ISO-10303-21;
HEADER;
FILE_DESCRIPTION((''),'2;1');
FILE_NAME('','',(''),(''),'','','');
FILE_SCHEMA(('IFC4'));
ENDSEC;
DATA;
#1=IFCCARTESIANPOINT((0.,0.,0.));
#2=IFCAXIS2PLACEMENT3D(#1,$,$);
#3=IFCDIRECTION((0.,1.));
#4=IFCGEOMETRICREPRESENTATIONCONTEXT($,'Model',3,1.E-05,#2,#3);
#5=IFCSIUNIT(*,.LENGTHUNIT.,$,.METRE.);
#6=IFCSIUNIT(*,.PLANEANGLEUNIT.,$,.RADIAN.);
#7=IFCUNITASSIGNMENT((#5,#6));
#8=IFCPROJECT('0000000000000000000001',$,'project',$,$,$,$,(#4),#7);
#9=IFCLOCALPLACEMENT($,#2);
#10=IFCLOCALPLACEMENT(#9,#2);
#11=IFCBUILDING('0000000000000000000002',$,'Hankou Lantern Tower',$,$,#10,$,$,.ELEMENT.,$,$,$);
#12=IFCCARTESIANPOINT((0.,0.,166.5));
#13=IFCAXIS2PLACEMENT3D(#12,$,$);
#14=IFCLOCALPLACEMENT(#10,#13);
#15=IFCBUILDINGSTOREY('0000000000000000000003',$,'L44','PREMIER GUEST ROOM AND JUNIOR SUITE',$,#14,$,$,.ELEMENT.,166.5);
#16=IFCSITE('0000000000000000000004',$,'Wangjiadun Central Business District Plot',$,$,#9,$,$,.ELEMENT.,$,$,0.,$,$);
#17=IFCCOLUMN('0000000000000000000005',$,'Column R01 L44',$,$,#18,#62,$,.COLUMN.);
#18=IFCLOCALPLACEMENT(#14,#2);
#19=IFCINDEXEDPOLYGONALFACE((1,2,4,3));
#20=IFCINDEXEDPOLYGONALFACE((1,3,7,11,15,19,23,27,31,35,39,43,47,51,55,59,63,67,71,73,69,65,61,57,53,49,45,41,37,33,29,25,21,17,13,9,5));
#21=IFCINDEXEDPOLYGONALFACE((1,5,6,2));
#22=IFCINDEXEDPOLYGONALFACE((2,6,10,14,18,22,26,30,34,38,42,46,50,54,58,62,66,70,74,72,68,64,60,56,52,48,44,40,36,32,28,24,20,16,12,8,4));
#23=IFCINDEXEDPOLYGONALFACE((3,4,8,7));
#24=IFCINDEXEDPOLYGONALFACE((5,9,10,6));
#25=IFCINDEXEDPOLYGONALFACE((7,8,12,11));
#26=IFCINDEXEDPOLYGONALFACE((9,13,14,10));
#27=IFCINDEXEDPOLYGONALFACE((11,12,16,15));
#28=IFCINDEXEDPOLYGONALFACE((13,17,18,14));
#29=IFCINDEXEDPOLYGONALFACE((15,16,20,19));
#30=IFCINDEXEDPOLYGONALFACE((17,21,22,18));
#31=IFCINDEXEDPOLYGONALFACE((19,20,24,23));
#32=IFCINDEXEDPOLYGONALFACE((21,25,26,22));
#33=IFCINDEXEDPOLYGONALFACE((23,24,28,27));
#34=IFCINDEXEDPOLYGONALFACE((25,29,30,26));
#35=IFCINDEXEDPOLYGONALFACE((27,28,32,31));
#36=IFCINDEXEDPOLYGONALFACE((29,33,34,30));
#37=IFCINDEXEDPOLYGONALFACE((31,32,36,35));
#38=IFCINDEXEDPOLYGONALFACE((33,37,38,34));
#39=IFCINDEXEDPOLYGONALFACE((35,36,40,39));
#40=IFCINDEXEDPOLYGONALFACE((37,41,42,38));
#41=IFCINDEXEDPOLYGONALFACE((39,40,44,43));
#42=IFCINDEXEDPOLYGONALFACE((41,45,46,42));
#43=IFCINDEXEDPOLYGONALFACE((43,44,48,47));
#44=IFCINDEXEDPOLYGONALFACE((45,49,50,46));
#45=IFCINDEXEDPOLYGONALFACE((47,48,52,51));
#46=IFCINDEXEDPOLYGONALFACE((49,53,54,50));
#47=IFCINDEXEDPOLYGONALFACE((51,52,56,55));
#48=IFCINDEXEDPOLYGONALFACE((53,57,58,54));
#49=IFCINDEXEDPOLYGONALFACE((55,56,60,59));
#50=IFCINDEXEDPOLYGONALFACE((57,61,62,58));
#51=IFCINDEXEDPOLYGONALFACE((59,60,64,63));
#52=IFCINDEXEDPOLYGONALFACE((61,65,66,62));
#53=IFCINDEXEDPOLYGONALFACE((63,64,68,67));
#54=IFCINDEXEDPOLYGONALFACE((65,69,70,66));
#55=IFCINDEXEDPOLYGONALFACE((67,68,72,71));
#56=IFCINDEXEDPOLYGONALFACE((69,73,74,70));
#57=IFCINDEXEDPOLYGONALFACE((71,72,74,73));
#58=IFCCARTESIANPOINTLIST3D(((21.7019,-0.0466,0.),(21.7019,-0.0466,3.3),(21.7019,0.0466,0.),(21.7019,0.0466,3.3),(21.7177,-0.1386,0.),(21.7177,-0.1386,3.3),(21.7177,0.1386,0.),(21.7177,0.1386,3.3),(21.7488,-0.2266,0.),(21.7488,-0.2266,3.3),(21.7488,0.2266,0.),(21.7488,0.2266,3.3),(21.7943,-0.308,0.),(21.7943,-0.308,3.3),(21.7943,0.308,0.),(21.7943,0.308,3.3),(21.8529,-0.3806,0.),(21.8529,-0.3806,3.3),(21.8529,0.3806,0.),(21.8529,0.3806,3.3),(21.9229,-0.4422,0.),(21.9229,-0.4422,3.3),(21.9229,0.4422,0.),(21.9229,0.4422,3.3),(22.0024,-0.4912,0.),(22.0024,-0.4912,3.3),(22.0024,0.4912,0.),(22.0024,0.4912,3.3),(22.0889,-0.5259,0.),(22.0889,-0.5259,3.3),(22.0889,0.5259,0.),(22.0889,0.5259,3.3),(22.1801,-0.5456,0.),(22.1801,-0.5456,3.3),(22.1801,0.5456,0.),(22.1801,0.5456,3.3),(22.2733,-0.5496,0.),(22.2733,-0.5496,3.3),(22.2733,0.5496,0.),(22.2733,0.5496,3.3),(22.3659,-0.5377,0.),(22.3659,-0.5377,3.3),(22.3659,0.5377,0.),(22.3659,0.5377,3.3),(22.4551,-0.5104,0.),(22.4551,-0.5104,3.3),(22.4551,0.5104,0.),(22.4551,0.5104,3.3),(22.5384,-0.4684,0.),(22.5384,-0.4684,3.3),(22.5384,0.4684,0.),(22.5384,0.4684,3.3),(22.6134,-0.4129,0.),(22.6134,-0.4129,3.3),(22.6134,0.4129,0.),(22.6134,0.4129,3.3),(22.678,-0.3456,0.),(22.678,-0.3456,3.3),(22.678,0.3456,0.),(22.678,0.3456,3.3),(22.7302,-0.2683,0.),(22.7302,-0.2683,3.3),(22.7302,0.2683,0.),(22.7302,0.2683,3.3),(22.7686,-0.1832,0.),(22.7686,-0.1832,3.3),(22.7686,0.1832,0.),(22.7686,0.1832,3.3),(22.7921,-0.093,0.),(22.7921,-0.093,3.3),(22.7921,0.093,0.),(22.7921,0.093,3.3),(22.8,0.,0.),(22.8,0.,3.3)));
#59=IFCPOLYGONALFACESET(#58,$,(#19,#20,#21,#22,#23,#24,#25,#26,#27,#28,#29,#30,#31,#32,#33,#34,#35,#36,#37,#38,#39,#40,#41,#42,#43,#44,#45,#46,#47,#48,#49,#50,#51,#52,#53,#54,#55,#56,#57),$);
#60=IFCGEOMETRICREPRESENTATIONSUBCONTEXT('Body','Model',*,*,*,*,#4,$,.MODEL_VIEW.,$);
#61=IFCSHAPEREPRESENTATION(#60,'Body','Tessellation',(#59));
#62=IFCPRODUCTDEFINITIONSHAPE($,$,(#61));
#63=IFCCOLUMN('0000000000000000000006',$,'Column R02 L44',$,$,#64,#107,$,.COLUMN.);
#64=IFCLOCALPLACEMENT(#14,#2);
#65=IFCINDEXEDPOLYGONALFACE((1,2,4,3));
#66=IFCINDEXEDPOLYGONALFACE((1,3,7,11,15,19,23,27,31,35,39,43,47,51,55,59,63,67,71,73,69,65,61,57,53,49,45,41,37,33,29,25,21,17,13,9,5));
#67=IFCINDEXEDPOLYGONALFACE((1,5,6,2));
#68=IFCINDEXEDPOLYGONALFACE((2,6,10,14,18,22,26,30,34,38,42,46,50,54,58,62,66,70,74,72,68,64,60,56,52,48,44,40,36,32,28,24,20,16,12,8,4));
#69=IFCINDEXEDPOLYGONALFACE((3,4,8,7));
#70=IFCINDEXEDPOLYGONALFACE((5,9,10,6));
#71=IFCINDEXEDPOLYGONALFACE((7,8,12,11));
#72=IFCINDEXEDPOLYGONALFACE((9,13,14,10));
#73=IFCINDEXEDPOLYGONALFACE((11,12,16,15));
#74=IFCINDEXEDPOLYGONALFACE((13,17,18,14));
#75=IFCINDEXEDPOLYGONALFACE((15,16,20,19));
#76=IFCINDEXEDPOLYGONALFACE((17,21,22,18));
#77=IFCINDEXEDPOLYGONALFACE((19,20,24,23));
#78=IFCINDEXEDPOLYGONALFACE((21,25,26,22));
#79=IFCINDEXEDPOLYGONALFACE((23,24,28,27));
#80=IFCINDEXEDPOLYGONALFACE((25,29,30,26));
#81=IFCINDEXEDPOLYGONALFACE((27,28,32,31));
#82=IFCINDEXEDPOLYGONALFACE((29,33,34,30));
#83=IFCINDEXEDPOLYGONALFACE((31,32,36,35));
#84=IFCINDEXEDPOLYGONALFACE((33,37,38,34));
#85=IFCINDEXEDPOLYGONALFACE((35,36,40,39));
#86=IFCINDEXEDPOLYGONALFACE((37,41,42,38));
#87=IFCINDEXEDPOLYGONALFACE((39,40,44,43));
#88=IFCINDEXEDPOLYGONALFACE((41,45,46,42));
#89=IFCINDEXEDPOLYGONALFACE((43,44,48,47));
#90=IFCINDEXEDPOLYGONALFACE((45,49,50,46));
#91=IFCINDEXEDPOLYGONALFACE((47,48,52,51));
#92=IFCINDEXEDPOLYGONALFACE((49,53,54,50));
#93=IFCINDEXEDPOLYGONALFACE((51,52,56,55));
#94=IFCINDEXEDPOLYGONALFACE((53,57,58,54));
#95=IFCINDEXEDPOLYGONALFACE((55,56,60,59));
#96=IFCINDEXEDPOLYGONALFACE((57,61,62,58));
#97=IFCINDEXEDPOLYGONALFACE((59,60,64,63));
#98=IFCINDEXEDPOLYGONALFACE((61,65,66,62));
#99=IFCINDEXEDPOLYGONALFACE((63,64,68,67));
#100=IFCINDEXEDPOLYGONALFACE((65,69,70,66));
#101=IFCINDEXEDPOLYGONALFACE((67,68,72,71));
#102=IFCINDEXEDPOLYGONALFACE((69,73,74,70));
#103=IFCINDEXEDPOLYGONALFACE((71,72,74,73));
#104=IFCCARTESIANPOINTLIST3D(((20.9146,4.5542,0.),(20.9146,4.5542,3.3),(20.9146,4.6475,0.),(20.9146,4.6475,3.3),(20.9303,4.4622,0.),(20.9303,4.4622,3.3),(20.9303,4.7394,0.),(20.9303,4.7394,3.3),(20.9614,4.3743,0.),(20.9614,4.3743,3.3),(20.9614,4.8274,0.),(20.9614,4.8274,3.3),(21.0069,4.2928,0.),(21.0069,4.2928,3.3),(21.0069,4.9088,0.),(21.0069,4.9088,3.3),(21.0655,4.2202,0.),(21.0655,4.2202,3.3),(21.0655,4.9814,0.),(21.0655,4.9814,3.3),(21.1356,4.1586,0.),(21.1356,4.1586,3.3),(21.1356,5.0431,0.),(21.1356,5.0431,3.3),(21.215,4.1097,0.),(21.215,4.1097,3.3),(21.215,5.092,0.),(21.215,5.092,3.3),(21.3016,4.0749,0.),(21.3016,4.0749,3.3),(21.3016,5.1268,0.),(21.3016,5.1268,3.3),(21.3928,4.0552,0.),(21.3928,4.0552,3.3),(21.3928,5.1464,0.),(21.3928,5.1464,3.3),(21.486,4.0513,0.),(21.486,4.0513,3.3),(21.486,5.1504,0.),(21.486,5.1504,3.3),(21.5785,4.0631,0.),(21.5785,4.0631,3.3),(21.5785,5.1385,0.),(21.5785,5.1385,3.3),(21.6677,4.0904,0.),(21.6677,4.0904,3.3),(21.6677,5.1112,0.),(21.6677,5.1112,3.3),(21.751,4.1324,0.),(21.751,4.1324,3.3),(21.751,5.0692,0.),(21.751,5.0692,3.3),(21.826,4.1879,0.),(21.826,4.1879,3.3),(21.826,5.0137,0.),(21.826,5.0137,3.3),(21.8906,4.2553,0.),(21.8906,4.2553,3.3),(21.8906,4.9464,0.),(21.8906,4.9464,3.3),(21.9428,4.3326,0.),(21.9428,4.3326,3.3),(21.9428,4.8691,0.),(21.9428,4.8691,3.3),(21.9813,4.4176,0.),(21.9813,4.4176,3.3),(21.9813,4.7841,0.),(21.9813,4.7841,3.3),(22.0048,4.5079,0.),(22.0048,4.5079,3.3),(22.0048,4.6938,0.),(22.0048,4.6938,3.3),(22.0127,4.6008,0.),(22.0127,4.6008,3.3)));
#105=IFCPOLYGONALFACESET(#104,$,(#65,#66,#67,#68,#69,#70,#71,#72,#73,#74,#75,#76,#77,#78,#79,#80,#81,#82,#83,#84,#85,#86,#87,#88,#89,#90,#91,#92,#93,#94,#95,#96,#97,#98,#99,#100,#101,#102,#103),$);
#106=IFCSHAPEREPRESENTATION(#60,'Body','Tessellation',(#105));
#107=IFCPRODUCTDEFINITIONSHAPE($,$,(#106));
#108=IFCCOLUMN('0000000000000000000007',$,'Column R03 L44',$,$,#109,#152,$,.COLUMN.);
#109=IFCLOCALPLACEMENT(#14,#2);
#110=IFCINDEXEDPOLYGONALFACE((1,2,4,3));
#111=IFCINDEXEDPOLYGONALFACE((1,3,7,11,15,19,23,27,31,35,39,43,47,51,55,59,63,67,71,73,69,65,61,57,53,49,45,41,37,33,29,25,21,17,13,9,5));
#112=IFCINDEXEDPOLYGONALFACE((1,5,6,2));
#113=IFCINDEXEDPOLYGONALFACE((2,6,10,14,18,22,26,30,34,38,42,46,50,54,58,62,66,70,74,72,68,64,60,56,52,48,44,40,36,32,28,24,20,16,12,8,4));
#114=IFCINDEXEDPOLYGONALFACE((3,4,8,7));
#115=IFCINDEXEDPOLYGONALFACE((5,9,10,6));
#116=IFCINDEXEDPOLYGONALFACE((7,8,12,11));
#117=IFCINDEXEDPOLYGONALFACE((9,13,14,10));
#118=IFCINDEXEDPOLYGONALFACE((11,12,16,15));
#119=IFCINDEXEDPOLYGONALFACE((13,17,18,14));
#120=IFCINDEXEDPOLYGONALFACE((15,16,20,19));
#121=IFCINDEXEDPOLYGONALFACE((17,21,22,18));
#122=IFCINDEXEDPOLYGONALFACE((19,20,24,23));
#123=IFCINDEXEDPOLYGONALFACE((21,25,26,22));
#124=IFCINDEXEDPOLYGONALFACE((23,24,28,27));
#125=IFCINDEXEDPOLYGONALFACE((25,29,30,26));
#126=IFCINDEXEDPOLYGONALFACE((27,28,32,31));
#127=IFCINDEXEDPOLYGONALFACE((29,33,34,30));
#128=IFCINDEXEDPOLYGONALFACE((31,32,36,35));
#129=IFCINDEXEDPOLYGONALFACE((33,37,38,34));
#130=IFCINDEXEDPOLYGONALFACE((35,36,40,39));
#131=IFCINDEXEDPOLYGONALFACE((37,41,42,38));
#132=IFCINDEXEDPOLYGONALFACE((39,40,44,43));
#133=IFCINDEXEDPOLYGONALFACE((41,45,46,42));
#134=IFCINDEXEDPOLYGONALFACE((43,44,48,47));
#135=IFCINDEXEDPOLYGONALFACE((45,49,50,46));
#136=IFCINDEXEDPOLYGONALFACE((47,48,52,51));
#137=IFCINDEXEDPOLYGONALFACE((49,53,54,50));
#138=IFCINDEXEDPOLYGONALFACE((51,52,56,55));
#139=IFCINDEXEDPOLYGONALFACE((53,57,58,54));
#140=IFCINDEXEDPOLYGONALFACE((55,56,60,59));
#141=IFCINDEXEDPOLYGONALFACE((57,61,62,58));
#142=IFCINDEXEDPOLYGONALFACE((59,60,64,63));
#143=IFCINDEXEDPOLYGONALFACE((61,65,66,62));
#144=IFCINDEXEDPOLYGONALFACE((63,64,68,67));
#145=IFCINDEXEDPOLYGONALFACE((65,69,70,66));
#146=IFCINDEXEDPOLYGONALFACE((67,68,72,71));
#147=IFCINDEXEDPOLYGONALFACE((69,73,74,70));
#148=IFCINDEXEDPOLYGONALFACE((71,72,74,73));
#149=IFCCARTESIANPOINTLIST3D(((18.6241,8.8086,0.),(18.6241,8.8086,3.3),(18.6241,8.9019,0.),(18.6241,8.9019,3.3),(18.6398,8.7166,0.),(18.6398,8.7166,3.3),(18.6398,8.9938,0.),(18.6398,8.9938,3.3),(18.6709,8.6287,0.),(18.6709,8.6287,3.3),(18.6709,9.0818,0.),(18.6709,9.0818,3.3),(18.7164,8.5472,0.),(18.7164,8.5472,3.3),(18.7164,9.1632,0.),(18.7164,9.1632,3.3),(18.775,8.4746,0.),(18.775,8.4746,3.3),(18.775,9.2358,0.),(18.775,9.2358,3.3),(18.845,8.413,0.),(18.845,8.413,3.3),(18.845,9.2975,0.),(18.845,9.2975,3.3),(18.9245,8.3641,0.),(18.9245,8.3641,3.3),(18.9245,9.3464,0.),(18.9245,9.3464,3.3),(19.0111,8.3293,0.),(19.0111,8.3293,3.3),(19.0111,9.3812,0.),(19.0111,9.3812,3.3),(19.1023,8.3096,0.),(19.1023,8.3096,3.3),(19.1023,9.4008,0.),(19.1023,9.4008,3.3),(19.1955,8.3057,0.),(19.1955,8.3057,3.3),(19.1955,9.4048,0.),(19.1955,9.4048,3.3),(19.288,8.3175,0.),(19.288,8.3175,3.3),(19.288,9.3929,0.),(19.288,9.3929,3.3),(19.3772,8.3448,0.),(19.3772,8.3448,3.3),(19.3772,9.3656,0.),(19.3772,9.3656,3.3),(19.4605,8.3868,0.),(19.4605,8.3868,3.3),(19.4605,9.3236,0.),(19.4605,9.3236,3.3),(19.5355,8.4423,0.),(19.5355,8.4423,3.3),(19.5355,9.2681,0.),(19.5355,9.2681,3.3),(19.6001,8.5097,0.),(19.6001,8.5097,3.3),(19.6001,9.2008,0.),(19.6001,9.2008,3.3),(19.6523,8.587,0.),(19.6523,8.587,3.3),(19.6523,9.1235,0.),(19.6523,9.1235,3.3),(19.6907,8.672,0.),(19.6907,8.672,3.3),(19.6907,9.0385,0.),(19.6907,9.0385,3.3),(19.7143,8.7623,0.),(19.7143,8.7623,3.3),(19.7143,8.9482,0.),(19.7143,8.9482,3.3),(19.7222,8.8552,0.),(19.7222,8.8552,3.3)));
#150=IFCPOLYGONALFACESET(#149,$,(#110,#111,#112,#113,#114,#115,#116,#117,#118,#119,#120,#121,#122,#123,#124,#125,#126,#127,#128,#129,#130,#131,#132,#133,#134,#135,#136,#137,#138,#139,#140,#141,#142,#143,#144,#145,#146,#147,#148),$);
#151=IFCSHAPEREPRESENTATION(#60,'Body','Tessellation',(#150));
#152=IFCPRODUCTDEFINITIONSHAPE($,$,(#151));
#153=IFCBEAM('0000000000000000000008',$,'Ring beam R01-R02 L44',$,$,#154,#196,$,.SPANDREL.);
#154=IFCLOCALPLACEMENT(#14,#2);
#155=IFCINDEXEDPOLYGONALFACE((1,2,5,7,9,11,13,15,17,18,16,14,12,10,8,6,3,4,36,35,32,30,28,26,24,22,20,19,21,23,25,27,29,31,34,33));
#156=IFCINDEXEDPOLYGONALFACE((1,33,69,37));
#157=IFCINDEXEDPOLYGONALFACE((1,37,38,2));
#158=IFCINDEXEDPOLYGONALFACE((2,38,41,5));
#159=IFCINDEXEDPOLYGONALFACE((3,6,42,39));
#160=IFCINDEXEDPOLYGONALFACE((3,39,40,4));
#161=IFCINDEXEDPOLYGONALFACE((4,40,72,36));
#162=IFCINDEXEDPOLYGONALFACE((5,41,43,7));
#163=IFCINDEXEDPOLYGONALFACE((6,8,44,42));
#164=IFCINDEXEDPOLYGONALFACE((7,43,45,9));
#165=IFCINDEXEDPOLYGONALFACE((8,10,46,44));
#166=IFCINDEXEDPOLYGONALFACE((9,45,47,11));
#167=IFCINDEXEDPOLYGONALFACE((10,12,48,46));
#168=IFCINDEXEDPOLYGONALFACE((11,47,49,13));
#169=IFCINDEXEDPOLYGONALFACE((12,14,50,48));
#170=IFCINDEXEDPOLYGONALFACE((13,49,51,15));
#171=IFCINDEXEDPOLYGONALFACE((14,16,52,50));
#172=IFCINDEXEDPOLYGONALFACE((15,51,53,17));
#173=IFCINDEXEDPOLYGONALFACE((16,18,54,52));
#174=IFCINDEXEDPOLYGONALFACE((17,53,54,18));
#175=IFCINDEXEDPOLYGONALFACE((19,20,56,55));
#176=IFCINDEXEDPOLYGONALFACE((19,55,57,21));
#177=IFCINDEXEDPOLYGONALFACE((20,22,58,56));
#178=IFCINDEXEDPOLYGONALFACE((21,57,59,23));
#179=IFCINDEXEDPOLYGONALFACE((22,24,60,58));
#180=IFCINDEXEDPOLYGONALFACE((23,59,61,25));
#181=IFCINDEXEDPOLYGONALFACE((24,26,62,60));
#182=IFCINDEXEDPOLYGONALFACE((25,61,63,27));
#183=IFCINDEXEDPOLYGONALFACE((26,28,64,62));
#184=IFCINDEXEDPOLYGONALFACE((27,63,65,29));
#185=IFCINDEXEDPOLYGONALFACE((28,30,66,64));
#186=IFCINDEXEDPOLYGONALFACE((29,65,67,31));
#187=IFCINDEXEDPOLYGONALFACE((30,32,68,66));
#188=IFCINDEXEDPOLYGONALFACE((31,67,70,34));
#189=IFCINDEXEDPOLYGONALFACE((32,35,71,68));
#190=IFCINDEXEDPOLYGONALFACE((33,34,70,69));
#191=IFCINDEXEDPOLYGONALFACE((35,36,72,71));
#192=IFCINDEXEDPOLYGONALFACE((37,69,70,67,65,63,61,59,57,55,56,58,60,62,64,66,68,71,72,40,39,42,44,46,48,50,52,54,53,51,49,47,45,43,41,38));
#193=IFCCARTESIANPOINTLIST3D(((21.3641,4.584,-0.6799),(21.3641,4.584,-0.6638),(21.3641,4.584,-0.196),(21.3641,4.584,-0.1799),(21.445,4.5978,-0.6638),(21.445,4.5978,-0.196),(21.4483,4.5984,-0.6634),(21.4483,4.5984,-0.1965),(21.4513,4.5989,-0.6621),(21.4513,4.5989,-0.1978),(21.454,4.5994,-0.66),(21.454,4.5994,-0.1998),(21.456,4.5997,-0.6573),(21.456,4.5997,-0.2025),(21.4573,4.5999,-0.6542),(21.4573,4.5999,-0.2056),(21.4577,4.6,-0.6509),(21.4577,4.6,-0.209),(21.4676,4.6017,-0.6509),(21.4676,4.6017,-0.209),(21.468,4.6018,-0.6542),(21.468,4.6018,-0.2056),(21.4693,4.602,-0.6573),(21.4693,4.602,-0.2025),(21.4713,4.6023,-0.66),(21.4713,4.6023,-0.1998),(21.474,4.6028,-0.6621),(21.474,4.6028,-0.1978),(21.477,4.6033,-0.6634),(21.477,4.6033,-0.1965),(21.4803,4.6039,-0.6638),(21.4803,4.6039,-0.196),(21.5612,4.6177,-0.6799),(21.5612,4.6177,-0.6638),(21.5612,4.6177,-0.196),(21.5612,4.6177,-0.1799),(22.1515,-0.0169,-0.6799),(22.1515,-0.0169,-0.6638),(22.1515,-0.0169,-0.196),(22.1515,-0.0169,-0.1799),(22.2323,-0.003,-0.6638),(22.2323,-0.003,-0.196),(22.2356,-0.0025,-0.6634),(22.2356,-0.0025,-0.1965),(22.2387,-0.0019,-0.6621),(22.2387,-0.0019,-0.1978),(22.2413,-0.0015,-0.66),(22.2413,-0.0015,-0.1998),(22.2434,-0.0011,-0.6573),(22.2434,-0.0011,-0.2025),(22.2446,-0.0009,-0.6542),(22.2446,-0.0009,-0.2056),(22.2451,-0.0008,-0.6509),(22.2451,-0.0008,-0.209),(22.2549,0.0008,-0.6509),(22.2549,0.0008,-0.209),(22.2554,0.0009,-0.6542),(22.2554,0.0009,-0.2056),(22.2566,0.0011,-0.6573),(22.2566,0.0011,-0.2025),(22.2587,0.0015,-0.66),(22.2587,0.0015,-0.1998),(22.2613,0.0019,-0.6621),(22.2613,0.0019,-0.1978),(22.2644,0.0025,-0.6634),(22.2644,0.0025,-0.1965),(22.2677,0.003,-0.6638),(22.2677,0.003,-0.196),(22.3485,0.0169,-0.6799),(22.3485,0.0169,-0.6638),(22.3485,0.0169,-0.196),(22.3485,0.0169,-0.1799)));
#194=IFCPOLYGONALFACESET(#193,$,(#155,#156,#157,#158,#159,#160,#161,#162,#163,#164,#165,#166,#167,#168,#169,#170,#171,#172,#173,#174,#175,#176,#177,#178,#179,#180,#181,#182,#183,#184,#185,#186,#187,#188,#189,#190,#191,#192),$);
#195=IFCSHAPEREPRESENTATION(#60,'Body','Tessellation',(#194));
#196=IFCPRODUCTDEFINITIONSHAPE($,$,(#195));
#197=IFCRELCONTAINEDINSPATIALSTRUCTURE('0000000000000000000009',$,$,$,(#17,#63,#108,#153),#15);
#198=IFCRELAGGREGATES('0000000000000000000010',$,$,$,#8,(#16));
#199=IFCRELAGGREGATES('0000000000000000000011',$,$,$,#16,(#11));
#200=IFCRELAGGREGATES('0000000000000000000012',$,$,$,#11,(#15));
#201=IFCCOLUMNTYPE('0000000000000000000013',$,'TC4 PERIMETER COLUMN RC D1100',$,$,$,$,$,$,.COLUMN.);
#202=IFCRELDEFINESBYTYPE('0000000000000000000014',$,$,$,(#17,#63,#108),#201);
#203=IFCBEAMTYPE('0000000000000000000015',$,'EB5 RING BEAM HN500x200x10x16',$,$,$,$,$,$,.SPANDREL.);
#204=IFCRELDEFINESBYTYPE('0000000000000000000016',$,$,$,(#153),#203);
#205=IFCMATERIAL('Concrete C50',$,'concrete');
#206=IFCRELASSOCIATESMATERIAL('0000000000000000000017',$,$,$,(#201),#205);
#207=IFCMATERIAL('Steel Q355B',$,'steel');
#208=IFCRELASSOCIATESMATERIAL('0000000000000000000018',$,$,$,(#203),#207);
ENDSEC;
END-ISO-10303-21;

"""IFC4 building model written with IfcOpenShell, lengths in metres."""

from ifc_helpers import new_model, si_unit, direction, frame, origin, origin_2d, place, context, subcontext, project, spatial, circle, i_section, extrude, material, material_profile, profile_set, type_object, element, save


model = new_model("IFC4")

# Units and contexts
model_context = context("Model", 3, precision=1e-05, world=origin(), true_north=direction((0.0, 1.0)))
body_context = subcontext(model_context, "Body", "Model", "MODEL_VIEW")
ifc_project = project(units=[si_unit("LENGTHUNIT", "METRE"), si_unit("PLANEANGLEUNIT", "RADIAN")], contexts=[model_context])

# Site, building, storey
site_placement = place(None, origin())
site = spatial("IfcSite", under=ifc_project, at=site_placement, Name="Wangjiadun Central Business District Plot", CompositionType="ELEMENT", RefElevation=0.0)
building_placement = place(site_placement, origin())
building = spatial("IfcBuilding", under=site, at=building_placement, Name="Hankou Lantern Tower", CompositionType="ELEMENT")
storey_placement = place(building_placement, frame((0.0, 0.0, 166.5)))
storey = spatial("IfcBuildingStorey", under=building, at=storey_placement, Name="L44", Description="PREMIER GUEST ROOM AND JUNIOR SUITE", CompositionType="ELEMENT", Elevation=166.5)

# Columns
ifc_material_1 = material(Name="Concrete C50", Category="concrete")
ifc_material_profile_1 = material_profile(ifc_material_1, circle(Radius=0.55, at=origin_2d()), Name="RC D1100")
ifc_profile_set_1 = profile_set([ifc_material_profile_1], Name="Concrete C50")
column_type = type_object("IfcColumnType", Name="TC4 PERIMETER COLUMN RC D1100", PredefinedType="COLUMN", material=ifc_profile_set_1)
for number, where, z_axis, x_axis, name in (
    (1, (22.25, 0.0, 0.0), (0.0, 0.0, 1.0), (1.0, 0.0, 0.0), "Column R01 L44"),
    (2, (21.4626, 4.6008, 0.0), (0.0, 0.0, 1.0), (1.0, 0.0, 0.0), "Column R02 L44"),
    (3, (19.1721, 8.8552, 0.0), (0.0, 0.0, 1.0), (1.0, 0.0, 0.0), "Column R03 L44"),
):
    element("IfcColumn", number, at=place(storey_placement, frame(where, z_axis=z_axis, x_axis=x_axis)), inside=storey, type_object=column_type, Name=name, PredefinedType="COLUMN", context=body_context, shape_type="SweptSolid", body=[
        extrude(circle(Radius=0.55, at=origin_2d()), origin(), (0.0, 0.0, 1.0), 3.3),
    ])

# Beam
ifc_material_2 = material(Name="Steel Q355B", Category="steel")
ifc_material_profile_2 = material_profile(ifc_material_2, i_section(OverallWidth=0.2, OverallDepth=0.5, WebThickness=0.01, FlangeThickness=0.0161, FilletRadius=0.0129, at=origin_2d()), Name="HN500x200x10x16")
ifc_profile_set_2 = profile_set([ifc_material_profile_2], Name="Steel Q355B")
beam_type_1 = type_object("IfcBeamType", Name="EB5 RING BEAM HN500x200x10x16", PredefinedType="SPANDREL", material=ifc_profile_set_2)
beam_1_placement = place(storey_placement, frame((22.25, 0.0, -0.4299), z_axis=(-0.168681, 0.985671, 0.0), x_axis=(-0.985671, -0.168681, 0.0)))
element("IfcBeam", 4, at=beam_1_placement, inside=storey, type_object=beam_type_1, Name="Ring beam R01-R02 L44", PredefinedType="SPANDREL", context=body_context, shape_type="SweptSolid", body=[
    extrude(i_section(OverallWidth=0.2, OverallDepth=0.5, WebThickness=0.01, FlangeThickness=0.0161, FilletRadius=0.0129, at=origin_2d()), origin(), (0.0, 0.0, 1.0), 4.6677),
])

save(model, "model.ifc")
